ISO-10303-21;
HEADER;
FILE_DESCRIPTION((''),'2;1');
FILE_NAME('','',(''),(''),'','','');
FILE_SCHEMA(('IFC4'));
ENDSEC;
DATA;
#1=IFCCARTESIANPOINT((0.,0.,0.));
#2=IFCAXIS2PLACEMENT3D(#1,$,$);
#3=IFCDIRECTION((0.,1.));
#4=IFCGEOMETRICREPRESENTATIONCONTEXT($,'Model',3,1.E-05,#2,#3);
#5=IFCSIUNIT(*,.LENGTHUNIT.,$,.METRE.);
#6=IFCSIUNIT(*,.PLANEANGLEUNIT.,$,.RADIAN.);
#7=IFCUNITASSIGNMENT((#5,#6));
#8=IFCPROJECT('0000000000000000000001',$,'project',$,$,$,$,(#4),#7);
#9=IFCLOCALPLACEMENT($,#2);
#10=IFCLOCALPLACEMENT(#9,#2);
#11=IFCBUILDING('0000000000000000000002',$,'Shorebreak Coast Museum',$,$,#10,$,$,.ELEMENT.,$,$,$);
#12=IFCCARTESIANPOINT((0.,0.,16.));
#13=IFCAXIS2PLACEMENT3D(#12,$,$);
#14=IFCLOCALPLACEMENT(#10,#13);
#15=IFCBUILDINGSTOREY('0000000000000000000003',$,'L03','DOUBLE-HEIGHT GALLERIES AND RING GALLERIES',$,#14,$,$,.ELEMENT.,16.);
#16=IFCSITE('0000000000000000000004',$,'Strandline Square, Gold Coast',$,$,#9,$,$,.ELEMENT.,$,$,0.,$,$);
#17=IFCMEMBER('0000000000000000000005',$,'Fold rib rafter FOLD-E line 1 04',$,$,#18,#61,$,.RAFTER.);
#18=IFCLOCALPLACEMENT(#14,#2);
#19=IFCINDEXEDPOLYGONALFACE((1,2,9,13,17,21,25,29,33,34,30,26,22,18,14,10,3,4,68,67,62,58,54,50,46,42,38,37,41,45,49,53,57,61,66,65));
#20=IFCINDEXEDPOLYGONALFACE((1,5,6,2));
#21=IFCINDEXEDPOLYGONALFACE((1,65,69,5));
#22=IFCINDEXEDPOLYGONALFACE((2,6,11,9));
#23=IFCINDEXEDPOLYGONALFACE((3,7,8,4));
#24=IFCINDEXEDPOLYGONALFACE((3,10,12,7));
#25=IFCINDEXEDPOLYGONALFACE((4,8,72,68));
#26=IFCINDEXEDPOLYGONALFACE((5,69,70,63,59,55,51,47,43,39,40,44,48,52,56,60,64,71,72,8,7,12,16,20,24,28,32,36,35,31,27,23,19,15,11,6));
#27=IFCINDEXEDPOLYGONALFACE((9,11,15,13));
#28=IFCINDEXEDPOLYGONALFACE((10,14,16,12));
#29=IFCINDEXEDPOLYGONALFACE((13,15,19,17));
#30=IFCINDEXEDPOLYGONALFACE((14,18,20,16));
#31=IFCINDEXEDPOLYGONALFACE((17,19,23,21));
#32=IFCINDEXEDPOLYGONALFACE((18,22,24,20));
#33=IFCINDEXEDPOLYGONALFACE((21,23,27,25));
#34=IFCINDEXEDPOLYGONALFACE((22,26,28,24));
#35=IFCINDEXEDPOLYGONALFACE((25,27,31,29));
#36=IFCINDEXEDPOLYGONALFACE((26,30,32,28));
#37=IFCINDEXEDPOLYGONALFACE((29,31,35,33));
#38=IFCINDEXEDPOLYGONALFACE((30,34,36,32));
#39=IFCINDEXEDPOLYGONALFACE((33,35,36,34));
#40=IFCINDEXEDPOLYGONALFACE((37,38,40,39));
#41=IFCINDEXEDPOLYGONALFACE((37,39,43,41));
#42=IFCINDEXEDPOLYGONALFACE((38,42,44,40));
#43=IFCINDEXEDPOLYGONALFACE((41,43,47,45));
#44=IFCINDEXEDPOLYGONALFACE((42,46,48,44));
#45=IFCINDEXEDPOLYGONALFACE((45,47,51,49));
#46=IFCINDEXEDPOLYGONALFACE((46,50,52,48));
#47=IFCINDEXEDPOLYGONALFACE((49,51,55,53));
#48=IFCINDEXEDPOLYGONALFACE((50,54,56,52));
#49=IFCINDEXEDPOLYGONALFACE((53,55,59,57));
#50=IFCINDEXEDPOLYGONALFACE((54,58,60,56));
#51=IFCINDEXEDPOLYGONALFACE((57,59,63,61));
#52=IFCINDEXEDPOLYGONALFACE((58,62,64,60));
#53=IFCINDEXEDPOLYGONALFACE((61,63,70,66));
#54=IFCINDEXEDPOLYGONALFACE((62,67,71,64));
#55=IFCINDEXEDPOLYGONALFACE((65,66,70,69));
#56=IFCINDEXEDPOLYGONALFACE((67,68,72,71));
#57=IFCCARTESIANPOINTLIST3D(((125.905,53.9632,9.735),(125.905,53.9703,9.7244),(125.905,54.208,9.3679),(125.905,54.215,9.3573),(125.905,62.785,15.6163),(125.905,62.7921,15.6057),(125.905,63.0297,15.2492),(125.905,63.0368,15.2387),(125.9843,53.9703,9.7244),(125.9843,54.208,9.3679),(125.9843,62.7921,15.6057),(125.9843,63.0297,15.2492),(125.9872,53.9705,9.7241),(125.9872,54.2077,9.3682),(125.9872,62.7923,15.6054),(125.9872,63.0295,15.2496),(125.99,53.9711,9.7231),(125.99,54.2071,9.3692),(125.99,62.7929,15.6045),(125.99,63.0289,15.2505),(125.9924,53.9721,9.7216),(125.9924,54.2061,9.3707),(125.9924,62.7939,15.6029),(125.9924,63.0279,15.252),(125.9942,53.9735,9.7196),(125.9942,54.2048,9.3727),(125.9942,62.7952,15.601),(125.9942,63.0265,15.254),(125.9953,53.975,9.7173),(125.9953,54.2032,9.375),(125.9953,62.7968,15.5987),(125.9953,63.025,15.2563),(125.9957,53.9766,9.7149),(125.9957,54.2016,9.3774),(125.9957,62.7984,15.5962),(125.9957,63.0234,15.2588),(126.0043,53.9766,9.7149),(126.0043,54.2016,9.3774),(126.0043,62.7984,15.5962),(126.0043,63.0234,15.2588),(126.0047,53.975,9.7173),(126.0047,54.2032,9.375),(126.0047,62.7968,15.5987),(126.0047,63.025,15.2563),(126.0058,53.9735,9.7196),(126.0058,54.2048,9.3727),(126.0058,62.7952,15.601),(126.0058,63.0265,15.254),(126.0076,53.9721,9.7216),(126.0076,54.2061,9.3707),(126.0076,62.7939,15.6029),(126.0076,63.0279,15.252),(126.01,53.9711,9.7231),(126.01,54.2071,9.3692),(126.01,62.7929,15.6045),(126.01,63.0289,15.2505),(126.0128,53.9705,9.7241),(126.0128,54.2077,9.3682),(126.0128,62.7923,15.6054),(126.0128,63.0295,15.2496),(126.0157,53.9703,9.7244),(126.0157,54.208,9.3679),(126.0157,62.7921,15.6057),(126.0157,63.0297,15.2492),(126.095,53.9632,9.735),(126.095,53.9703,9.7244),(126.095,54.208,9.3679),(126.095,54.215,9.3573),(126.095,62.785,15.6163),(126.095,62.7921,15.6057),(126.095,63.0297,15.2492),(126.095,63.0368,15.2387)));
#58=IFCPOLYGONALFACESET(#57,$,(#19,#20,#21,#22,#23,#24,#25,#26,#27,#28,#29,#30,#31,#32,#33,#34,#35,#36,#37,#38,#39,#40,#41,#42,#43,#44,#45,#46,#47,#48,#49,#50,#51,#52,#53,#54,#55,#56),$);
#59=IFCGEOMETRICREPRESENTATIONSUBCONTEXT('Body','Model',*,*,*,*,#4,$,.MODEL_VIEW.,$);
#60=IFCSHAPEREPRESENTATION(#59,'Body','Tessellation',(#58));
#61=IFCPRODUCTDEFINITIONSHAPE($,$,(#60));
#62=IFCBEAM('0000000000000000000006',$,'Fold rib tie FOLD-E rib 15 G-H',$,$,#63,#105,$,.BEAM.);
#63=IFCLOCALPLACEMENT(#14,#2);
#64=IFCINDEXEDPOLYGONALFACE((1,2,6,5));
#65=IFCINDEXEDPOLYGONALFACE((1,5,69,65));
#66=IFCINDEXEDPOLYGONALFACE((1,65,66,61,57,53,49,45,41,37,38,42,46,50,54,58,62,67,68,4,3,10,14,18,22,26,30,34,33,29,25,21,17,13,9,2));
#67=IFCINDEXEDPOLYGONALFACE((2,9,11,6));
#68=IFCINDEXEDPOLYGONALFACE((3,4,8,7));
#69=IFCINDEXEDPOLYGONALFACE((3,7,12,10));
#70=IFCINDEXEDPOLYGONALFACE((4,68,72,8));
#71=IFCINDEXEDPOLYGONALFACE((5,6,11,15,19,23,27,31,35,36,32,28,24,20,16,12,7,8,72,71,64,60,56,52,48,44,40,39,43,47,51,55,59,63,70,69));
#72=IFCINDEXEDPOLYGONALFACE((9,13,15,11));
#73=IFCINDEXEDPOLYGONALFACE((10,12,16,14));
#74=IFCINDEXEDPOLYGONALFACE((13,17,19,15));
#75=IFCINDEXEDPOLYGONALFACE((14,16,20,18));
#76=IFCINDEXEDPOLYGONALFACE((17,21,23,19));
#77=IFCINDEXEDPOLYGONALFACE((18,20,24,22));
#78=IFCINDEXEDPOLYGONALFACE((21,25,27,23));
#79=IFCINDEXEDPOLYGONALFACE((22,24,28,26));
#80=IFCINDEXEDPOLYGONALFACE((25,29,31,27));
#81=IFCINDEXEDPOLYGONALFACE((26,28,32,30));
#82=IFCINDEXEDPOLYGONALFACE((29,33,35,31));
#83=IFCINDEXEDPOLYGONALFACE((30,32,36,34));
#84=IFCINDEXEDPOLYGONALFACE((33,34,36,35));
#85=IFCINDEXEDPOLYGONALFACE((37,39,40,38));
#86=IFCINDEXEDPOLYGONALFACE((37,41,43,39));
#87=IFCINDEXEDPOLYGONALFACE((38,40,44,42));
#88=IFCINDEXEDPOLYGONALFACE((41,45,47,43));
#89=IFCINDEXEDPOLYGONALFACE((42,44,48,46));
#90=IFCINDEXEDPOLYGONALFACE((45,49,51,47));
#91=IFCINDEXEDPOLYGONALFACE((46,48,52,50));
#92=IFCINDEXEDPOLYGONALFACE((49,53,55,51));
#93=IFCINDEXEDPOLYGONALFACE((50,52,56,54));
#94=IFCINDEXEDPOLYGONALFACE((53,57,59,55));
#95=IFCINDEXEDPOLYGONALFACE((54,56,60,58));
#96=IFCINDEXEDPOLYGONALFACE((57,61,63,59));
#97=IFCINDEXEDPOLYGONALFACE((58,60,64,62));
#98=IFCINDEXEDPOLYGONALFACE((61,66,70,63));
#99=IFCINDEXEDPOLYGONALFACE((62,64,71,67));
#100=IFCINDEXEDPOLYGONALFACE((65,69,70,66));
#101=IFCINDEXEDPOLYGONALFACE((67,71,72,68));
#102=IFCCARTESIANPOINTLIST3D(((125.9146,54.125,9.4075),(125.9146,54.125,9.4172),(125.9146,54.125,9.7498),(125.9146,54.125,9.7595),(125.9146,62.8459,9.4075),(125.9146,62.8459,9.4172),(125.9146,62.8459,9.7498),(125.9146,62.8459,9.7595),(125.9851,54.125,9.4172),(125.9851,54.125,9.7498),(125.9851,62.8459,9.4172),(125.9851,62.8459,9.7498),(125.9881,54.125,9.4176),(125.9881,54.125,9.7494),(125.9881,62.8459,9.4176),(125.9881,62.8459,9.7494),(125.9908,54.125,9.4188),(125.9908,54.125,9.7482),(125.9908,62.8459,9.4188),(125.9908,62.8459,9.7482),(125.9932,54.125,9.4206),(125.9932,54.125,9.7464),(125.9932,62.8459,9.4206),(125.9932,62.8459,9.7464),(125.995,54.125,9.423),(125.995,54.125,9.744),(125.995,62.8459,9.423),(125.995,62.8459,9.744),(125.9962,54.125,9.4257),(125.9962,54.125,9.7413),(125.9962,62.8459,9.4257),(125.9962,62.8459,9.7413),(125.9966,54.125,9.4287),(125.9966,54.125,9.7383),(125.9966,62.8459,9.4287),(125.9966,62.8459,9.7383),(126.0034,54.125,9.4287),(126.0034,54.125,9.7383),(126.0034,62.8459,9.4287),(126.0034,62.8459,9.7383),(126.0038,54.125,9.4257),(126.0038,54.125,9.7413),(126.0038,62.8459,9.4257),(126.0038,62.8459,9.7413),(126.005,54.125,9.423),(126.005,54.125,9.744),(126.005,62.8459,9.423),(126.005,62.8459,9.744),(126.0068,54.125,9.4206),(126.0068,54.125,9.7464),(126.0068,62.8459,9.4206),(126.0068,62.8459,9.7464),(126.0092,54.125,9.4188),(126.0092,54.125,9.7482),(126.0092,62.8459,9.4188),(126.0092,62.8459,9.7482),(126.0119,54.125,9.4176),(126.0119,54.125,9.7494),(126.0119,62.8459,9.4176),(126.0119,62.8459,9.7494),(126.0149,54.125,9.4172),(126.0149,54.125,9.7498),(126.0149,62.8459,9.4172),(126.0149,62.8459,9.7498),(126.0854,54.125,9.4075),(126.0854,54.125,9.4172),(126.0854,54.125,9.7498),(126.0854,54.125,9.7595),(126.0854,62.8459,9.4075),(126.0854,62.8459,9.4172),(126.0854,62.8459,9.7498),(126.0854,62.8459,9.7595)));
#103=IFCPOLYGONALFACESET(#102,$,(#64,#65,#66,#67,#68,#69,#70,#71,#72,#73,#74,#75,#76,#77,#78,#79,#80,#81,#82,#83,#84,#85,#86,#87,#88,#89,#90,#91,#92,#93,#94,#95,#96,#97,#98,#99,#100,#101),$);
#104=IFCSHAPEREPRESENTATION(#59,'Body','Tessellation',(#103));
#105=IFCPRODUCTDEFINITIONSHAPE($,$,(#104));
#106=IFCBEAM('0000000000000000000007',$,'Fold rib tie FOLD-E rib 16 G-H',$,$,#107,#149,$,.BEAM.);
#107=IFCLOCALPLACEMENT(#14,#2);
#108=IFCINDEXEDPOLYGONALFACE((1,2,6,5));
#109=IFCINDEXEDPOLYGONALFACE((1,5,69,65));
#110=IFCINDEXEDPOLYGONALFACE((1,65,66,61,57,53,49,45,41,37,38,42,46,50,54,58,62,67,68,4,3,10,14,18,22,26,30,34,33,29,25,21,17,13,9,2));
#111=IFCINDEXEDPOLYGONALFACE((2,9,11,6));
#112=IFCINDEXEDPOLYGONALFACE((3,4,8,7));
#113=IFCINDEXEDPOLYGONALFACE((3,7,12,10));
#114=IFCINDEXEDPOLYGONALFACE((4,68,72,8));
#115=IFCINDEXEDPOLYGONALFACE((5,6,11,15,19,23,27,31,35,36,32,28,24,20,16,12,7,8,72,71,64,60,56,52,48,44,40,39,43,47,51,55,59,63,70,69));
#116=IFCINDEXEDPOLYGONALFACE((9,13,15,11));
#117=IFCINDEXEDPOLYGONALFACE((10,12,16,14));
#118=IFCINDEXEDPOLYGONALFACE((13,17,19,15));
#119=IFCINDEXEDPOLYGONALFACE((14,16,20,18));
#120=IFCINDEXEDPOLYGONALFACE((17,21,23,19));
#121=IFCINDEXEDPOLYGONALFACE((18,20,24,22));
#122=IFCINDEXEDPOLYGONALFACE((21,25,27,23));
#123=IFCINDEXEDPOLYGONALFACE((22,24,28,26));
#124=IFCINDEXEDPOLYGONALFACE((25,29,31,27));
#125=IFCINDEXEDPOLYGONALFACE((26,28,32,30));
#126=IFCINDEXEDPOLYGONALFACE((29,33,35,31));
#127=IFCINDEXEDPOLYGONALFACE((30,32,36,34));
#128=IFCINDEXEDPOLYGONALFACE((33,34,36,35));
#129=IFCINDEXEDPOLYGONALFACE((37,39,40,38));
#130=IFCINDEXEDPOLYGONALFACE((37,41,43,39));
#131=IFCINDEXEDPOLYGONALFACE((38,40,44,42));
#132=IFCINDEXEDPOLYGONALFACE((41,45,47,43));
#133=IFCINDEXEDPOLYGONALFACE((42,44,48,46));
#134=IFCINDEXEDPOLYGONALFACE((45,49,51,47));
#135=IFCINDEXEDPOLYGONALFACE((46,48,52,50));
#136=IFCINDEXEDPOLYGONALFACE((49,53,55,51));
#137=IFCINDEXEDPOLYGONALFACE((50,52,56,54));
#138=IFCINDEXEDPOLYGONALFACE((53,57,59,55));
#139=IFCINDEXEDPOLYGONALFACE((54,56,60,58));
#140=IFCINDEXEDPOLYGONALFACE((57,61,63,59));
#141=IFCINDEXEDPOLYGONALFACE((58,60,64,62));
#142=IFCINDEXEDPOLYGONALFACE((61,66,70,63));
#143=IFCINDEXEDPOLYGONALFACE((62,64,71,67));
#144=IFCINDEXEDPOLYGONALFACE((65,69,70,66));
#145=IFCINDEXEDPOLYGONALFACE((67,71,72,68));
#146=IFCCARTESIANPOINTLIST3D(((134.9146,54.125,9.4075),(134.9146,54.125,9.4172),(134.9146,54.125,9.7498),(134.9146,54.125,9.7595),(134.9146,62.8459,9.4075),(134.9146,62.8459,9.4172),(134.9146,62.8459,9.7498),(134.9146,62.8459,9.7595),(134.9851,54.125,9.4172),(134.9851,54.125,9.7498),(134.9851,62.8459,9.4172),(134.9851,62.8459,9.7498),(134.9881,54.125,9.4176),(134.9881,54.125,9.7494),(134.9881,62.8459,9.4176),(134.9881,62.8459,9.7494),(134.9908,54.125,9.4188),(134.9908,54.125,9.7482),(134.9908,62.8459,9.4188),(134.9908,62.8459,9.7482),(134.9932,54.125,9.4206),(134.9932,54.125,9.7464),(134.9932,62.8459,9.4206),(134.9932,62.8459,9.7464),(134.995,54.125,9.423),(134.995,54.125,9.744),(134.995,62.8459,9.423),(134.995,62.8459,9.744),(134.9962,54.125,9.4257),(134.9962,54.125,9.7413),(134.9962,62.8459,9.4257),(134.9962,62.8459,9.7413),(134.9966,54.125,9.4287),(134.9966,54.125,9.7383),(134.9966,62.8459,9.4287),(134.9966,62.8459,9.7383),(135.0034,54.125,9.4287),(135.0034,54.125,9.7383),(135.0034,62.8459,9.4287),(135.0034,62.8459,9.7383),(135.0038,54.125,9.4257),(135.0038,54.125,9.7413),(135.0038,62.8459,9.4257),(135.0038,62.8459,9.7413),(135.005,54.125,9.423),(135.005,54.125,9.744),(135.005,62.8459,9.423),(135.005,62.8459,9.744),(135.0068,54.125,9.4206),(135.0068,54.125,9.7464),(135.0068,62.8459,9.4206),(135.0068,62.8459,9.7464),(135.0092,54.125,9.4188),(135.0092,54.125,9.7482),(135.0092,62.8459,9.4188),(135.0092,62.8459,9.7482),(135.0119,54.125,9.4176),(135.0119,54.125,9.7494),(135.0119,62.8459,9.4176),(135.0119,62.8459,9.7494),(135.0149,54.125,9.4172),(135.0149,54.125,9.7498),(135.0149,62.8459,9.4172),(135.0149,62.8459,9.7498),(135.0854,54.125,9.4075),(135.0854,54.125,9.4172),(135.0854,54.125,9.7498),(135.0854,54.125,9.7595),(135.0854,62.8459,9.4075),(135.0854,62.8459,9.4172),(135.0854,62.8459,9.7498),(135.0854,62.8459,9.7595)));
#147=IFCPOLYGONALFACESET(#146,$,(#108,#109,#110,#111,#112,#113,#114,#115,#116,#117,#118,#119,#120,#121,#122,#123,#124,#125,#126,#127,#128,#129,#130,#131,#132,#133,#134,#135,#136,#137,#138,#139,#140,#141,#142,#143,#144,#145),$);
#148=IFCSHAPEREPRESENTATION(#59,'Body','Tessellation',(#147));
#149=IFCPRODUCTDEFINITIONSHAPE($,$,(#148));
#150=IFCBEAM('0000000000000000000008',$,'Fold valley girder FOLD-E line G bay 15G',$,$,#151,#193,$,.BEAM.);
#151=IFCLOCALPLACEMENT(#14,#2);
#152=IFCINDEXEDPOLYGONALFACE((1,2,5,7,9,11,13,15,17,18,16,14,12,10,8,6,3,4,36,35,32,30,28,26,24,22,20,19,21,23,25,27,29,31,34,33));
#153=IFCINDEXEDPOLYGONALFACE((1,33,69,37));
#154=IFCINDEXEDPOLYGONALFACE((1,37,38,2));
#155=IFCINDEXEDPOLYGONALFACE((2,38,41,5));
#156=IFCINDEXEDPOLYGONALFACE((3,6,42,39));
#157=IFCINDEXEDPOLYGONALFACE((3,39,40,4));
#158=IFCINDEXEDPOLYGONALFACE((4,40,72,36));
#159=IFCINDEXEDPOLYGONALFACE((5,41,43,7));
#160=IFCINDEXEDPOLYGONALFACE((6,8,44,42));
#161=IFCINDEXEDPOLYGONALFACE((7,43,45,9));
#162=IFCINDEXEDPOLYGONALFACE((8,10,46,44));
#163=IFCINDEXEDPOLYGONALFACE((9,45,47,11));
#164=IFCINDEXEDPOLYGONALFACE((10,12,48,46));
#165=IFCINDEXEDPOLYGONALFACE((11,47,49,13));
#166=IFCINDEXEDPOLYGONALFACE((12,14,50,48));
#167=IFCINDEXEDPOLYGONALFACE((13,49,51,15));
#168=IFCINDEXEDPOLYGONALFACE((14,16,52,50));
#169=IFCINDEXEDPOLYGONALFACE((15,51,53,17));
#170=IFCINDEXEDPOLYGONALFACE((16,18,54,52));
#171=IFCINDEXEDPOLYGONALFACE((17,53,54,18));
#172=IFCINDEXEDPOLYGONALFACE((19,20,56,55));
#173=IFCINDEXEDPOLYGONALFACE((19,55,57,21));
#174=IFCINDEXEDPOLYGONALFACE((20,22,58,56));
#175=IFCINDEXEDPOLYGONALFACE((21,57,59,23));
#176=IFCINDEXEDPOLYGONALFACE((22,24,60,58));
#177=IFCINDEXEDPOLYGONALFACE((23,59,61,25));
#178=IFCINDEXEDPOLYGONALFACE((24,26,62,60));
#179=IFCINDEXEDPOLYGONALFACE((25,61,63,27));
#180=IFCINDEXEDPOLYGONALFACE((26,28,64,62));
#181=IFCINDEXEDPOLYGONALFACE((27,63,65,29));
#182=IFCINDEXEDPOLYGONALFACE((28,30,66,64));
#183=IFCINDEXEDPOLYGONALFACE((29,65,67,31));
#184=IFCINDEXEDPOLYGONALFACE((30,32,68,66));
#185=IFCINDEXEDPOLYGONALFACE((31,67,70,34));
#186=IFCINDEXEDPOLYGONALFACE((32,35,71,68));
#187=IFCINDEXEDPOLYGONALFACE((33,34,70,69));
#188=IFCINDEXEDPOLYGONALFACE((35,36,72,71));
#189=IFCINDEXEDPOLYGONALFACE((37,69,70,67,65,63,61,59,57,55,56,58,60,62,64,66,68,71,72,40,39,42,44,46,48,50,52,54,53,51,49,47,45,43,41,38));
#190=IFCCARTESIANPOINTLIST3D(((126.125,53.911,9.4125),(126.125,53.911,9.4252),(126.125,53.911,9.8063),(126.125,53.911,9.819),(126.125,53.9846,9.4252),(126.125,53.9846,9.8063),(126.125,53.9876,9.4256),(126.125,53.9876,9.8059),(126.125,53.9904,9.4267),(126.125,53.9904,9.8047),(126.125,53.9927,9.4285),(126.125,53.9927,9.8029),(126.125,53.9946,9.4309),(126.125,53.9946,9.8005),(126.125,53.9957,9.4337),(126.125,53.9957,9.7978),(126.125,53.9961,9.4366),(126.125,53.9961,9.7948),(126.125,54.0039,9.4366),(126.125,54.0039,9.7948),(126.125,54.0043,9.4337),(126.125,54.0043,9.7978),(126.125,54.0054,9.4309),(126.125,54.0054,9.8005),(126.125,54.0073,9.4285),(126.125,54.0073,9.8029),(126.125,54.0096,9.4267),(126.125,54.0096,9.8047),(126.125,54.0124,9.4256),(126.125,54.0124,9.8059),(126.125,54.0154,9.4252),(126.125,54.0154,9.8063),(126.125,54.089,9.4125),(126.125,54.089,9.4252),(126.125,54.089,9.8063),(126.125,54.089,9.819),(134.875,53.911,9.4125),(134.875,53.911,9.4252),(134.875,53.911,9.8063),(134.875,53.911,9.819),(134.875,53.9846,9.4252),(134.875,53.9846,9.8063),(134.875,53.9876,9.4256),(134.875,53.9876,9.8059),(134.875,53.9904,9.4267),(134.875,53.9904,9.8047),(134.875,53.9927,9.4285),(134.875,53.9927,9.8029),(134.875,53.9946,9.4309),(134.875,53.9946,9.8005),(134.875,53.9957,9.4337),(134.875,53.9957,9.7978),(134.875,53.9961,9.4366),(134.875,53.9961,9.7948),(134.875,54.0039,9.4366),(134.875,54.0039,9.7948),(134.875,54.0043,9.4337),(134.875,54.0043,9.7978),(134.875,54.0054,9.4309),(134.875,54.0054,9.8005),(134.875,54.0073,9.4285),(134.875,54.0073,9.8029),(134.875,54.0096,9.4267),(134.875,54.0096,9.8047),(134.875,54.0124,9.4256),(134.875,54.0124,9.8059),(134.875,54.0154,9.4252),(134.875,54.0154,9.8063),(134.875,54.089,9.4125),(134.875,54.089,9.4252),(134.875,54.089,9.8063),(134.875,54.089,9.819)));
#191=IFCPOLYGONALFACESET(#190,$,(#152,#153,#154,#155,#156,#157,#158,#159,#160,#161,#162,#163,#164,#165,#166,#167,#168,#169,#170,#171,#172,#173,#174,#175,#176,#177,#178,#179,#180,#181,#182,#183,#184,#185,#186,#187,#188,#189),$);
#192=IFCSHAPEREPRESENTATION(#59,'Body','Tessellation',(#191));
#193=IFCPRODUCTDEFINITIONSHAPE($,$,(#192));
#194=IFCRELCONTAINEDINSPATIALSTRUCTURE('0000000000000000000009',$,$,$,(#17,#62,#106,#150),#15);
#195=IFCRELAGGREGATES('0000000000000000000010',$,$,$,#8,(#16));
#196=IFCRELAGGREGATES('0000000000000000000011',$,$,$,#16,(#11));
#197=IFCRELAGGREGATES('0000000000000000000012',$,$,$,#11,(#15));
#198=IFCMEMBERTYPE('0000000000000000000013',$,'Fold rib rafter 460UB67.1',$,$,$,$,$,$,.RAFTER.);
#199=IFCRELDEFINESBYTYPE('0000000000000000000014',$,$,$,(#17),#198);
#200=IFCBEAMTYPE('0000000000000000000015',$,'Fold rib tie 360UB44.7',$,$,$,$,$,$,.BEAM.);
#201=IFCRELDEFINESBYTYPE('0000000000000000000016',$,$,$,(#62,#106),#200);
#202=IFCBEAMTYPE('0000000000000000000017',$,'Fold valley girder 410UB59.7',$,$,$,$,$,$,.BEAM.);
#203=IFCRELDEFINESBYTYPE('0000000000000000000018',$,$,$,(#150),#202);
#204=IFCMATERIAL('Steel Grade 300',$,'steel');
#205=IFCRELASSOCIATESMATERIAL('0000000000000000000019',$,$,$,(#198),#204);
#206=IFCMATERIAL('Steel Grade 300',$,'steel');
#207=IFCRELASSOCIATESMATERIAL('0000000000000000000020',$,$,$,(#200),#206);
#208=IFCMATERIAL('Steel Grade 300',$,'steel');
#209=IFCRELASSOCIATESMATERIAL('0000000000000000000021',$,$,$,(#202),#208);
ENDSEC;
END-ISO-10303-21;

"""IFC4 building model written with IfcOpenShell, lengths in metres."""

from ifc_helpers import new_model, si_unit, direction, frame, origin, origin_2d, place, context, subcontext, project, spatial, i_section, extrude, material, material_profile, profile_set, type_object, element, save


model = new_model("IFC4")

# Units and contexts
model_context = context("Model", 3, precision=1e-05, world=origin(), true_north=direction((0.0, 1.0)))
body_context = subcontext(model_context, "Body", "Model", "MODEL_VIEW")
ifc_project = project(units=[si_unit("LENGTHUNIT", "METRE"), si_unit("PLANEANGLEUNIT", "RADIAN")], contexts=[model_context])

# Site, building, storey
site_placement = place(None, origin())
site = spatial("IfcSite", under=ifc_project, at=site_placement, Name="Strandline Square, Gold Coast", CompositionType="ELEMENT", RefElevation=0.0)
building_placement = place(site_placement, origin())
building = spatial("IfcBuilding", under=site, at=building_placement, Name="Shorebreak Coast Museum", CompositionType="ELEMENT")
storey_placement = place(building_placement, frame((0.0, 0.0, 16.0)))
storey = spatial("IfcBuildingStorey", under=building, at=storey_placement, Name="L03", Description="DOUBLE-HEIGHT GALLERIES AND RING GALLERIES", CompositionType="ELEMENT", Elevation=16.0)

# Member
ifc_material_1 = material(Name="Steel Grade 300", Category="steel")
ifc_material_profile_1 = material_profile(ifc_material_1, i_section(OverallWidth=0.1899, OverallDepth=0.4539, WebThickness=0.0085, FlangeThickness=0.0127, FilletRadius=0.0115, at=origin_2d()), Name="460UB67.1")
ifc_profile_set_1 = profile_set([ifc_material_profile_1], Name="Steel Grade 300")
member_type_1 = type_object("IfcMemberType", Name="Fold rib rafter 460UB67.1", PredefinedType="RAFTER", material=ifc_profile_set_1)
member_placement = place(storey_placement, frame((126.0, 62.9109, 15.4275), z_axis=(0.0, -0.832043, -0.554711), x_axis=(1.0, 0.0, 0.0)))
element("IfcMember", 1, at=member_placement, inside=storey, type_object=member_type_1, Name="Fold rib rafter FOLD-E line 1 04", PredefinedType="RAFTER", context=body_context, shape_type="SweptSolid", body=[
    extrude(i_section(OverallWidth=0.1899, OverallDepth=0.4539, WebThickness=0.0085, FlangeThickness=0.0127, FilletRadius=0.0115, at=origin_2d()), origin(), (0.0, 0.0, 1.0), 10.6025),
])

# Beams
ifc_material_2 = material(Name="Steel Grade 300", Category="steel")
ifc_material_profile_2 = material_profile(ifc_material_2, i_section(OverallWidth=0.1709, OverallDepth=0.3521, WebThickness=0.0068, FlangeThickness=0.0098, FilletRadius=0.0115, at=origin_2d()), Name="360UB44.7")
ifc_profile_set_2 = profile_set([ifc_material_profile_2], Name="Steel Grade 300")
beam_type_1 = type_object("IfcBeamType", Name="Fold rib tie 360UB44.7", PredefinedType="BEAM", material=ifc_profile_set_2)
for number, where, z_axis, x_axis, name in (
    (2, (126.0, 54.125, 9.5835), (0.0, 1.0, 0.0), (-1.0, 0.0, 0.0), "Fold rib tie FOLD-E rib 15 G-H"),
    (3, (135.0, 54.125, 9.5835), (0.0, 1.0, 0.0), (-1.0, 0.0, 0.0), "Fold rib tie FOLD-E rib 16 G-H"),
):
    element("IfcBeam", number, at=place(storey_placement, frame(where, z_axis=z_axis, x_axis=x_axis)), inside=storey, type_object=beam_type_1, Name=name, PredefinedType="BEAM", context=body_context, shape_type="SweptSolid", body=[
        extrude(i_section(OverallWidth=0.1709, OverallDepth=0.3521, WebThickness=0.0068, FlangeThickness=0.0098, FilletRadius=0.0115, at=origin_2d()), origin(), (0.0, 0.0, 1.0), 8.7209),
    ])
ifc_material_3 = material(Name="Steel Grade 300", Category="steel")
ifc_material_profile_3 = material_profile(ifc_material_3, i_section(OverallWidth=0.178, OverallDepth=0.4065, WebThickness=0.0078, FlangeThickness=0.0127, FilletRadius=0.0115, at=origin_2d()), Name="410UB59.7")
ifc_profile_set_3 = profile_set([ifc_material_profile_3], Name="Steel Grade 300")
beam_type_2 = type_object("IfcBeamType", Name="Fold valley girder 410UB59.7", PredefinedType="BEAM", material=ifc_profile_set_3)
beam_1_placement = place(storey_placement, frame((126.125, 54.0, 9.6157), z_axis=(1.0, 0.0, 0.0), x_axis=(0.0, 1.0, 0.0)))
element("IfcBeam", 4, at=beam_1_placement, inside=storey, type_object=beam_type_2, Name="Fold valley girder FOLD-E line G bay 15G", PredefinedType="BEAM", context=body_context, shape_type="SweptSolid", body=[
    extrude(i_section(OverallWidth=0.178, OverallDepth=0.4065, WebThickness=0.0078, FlangeThickness=0.0127, FilletRadius=0.0115, at=origin_2d()), origin(), (0.0, 0.0, 1.0), 8.75),
])

save(model, "model.ifc")
